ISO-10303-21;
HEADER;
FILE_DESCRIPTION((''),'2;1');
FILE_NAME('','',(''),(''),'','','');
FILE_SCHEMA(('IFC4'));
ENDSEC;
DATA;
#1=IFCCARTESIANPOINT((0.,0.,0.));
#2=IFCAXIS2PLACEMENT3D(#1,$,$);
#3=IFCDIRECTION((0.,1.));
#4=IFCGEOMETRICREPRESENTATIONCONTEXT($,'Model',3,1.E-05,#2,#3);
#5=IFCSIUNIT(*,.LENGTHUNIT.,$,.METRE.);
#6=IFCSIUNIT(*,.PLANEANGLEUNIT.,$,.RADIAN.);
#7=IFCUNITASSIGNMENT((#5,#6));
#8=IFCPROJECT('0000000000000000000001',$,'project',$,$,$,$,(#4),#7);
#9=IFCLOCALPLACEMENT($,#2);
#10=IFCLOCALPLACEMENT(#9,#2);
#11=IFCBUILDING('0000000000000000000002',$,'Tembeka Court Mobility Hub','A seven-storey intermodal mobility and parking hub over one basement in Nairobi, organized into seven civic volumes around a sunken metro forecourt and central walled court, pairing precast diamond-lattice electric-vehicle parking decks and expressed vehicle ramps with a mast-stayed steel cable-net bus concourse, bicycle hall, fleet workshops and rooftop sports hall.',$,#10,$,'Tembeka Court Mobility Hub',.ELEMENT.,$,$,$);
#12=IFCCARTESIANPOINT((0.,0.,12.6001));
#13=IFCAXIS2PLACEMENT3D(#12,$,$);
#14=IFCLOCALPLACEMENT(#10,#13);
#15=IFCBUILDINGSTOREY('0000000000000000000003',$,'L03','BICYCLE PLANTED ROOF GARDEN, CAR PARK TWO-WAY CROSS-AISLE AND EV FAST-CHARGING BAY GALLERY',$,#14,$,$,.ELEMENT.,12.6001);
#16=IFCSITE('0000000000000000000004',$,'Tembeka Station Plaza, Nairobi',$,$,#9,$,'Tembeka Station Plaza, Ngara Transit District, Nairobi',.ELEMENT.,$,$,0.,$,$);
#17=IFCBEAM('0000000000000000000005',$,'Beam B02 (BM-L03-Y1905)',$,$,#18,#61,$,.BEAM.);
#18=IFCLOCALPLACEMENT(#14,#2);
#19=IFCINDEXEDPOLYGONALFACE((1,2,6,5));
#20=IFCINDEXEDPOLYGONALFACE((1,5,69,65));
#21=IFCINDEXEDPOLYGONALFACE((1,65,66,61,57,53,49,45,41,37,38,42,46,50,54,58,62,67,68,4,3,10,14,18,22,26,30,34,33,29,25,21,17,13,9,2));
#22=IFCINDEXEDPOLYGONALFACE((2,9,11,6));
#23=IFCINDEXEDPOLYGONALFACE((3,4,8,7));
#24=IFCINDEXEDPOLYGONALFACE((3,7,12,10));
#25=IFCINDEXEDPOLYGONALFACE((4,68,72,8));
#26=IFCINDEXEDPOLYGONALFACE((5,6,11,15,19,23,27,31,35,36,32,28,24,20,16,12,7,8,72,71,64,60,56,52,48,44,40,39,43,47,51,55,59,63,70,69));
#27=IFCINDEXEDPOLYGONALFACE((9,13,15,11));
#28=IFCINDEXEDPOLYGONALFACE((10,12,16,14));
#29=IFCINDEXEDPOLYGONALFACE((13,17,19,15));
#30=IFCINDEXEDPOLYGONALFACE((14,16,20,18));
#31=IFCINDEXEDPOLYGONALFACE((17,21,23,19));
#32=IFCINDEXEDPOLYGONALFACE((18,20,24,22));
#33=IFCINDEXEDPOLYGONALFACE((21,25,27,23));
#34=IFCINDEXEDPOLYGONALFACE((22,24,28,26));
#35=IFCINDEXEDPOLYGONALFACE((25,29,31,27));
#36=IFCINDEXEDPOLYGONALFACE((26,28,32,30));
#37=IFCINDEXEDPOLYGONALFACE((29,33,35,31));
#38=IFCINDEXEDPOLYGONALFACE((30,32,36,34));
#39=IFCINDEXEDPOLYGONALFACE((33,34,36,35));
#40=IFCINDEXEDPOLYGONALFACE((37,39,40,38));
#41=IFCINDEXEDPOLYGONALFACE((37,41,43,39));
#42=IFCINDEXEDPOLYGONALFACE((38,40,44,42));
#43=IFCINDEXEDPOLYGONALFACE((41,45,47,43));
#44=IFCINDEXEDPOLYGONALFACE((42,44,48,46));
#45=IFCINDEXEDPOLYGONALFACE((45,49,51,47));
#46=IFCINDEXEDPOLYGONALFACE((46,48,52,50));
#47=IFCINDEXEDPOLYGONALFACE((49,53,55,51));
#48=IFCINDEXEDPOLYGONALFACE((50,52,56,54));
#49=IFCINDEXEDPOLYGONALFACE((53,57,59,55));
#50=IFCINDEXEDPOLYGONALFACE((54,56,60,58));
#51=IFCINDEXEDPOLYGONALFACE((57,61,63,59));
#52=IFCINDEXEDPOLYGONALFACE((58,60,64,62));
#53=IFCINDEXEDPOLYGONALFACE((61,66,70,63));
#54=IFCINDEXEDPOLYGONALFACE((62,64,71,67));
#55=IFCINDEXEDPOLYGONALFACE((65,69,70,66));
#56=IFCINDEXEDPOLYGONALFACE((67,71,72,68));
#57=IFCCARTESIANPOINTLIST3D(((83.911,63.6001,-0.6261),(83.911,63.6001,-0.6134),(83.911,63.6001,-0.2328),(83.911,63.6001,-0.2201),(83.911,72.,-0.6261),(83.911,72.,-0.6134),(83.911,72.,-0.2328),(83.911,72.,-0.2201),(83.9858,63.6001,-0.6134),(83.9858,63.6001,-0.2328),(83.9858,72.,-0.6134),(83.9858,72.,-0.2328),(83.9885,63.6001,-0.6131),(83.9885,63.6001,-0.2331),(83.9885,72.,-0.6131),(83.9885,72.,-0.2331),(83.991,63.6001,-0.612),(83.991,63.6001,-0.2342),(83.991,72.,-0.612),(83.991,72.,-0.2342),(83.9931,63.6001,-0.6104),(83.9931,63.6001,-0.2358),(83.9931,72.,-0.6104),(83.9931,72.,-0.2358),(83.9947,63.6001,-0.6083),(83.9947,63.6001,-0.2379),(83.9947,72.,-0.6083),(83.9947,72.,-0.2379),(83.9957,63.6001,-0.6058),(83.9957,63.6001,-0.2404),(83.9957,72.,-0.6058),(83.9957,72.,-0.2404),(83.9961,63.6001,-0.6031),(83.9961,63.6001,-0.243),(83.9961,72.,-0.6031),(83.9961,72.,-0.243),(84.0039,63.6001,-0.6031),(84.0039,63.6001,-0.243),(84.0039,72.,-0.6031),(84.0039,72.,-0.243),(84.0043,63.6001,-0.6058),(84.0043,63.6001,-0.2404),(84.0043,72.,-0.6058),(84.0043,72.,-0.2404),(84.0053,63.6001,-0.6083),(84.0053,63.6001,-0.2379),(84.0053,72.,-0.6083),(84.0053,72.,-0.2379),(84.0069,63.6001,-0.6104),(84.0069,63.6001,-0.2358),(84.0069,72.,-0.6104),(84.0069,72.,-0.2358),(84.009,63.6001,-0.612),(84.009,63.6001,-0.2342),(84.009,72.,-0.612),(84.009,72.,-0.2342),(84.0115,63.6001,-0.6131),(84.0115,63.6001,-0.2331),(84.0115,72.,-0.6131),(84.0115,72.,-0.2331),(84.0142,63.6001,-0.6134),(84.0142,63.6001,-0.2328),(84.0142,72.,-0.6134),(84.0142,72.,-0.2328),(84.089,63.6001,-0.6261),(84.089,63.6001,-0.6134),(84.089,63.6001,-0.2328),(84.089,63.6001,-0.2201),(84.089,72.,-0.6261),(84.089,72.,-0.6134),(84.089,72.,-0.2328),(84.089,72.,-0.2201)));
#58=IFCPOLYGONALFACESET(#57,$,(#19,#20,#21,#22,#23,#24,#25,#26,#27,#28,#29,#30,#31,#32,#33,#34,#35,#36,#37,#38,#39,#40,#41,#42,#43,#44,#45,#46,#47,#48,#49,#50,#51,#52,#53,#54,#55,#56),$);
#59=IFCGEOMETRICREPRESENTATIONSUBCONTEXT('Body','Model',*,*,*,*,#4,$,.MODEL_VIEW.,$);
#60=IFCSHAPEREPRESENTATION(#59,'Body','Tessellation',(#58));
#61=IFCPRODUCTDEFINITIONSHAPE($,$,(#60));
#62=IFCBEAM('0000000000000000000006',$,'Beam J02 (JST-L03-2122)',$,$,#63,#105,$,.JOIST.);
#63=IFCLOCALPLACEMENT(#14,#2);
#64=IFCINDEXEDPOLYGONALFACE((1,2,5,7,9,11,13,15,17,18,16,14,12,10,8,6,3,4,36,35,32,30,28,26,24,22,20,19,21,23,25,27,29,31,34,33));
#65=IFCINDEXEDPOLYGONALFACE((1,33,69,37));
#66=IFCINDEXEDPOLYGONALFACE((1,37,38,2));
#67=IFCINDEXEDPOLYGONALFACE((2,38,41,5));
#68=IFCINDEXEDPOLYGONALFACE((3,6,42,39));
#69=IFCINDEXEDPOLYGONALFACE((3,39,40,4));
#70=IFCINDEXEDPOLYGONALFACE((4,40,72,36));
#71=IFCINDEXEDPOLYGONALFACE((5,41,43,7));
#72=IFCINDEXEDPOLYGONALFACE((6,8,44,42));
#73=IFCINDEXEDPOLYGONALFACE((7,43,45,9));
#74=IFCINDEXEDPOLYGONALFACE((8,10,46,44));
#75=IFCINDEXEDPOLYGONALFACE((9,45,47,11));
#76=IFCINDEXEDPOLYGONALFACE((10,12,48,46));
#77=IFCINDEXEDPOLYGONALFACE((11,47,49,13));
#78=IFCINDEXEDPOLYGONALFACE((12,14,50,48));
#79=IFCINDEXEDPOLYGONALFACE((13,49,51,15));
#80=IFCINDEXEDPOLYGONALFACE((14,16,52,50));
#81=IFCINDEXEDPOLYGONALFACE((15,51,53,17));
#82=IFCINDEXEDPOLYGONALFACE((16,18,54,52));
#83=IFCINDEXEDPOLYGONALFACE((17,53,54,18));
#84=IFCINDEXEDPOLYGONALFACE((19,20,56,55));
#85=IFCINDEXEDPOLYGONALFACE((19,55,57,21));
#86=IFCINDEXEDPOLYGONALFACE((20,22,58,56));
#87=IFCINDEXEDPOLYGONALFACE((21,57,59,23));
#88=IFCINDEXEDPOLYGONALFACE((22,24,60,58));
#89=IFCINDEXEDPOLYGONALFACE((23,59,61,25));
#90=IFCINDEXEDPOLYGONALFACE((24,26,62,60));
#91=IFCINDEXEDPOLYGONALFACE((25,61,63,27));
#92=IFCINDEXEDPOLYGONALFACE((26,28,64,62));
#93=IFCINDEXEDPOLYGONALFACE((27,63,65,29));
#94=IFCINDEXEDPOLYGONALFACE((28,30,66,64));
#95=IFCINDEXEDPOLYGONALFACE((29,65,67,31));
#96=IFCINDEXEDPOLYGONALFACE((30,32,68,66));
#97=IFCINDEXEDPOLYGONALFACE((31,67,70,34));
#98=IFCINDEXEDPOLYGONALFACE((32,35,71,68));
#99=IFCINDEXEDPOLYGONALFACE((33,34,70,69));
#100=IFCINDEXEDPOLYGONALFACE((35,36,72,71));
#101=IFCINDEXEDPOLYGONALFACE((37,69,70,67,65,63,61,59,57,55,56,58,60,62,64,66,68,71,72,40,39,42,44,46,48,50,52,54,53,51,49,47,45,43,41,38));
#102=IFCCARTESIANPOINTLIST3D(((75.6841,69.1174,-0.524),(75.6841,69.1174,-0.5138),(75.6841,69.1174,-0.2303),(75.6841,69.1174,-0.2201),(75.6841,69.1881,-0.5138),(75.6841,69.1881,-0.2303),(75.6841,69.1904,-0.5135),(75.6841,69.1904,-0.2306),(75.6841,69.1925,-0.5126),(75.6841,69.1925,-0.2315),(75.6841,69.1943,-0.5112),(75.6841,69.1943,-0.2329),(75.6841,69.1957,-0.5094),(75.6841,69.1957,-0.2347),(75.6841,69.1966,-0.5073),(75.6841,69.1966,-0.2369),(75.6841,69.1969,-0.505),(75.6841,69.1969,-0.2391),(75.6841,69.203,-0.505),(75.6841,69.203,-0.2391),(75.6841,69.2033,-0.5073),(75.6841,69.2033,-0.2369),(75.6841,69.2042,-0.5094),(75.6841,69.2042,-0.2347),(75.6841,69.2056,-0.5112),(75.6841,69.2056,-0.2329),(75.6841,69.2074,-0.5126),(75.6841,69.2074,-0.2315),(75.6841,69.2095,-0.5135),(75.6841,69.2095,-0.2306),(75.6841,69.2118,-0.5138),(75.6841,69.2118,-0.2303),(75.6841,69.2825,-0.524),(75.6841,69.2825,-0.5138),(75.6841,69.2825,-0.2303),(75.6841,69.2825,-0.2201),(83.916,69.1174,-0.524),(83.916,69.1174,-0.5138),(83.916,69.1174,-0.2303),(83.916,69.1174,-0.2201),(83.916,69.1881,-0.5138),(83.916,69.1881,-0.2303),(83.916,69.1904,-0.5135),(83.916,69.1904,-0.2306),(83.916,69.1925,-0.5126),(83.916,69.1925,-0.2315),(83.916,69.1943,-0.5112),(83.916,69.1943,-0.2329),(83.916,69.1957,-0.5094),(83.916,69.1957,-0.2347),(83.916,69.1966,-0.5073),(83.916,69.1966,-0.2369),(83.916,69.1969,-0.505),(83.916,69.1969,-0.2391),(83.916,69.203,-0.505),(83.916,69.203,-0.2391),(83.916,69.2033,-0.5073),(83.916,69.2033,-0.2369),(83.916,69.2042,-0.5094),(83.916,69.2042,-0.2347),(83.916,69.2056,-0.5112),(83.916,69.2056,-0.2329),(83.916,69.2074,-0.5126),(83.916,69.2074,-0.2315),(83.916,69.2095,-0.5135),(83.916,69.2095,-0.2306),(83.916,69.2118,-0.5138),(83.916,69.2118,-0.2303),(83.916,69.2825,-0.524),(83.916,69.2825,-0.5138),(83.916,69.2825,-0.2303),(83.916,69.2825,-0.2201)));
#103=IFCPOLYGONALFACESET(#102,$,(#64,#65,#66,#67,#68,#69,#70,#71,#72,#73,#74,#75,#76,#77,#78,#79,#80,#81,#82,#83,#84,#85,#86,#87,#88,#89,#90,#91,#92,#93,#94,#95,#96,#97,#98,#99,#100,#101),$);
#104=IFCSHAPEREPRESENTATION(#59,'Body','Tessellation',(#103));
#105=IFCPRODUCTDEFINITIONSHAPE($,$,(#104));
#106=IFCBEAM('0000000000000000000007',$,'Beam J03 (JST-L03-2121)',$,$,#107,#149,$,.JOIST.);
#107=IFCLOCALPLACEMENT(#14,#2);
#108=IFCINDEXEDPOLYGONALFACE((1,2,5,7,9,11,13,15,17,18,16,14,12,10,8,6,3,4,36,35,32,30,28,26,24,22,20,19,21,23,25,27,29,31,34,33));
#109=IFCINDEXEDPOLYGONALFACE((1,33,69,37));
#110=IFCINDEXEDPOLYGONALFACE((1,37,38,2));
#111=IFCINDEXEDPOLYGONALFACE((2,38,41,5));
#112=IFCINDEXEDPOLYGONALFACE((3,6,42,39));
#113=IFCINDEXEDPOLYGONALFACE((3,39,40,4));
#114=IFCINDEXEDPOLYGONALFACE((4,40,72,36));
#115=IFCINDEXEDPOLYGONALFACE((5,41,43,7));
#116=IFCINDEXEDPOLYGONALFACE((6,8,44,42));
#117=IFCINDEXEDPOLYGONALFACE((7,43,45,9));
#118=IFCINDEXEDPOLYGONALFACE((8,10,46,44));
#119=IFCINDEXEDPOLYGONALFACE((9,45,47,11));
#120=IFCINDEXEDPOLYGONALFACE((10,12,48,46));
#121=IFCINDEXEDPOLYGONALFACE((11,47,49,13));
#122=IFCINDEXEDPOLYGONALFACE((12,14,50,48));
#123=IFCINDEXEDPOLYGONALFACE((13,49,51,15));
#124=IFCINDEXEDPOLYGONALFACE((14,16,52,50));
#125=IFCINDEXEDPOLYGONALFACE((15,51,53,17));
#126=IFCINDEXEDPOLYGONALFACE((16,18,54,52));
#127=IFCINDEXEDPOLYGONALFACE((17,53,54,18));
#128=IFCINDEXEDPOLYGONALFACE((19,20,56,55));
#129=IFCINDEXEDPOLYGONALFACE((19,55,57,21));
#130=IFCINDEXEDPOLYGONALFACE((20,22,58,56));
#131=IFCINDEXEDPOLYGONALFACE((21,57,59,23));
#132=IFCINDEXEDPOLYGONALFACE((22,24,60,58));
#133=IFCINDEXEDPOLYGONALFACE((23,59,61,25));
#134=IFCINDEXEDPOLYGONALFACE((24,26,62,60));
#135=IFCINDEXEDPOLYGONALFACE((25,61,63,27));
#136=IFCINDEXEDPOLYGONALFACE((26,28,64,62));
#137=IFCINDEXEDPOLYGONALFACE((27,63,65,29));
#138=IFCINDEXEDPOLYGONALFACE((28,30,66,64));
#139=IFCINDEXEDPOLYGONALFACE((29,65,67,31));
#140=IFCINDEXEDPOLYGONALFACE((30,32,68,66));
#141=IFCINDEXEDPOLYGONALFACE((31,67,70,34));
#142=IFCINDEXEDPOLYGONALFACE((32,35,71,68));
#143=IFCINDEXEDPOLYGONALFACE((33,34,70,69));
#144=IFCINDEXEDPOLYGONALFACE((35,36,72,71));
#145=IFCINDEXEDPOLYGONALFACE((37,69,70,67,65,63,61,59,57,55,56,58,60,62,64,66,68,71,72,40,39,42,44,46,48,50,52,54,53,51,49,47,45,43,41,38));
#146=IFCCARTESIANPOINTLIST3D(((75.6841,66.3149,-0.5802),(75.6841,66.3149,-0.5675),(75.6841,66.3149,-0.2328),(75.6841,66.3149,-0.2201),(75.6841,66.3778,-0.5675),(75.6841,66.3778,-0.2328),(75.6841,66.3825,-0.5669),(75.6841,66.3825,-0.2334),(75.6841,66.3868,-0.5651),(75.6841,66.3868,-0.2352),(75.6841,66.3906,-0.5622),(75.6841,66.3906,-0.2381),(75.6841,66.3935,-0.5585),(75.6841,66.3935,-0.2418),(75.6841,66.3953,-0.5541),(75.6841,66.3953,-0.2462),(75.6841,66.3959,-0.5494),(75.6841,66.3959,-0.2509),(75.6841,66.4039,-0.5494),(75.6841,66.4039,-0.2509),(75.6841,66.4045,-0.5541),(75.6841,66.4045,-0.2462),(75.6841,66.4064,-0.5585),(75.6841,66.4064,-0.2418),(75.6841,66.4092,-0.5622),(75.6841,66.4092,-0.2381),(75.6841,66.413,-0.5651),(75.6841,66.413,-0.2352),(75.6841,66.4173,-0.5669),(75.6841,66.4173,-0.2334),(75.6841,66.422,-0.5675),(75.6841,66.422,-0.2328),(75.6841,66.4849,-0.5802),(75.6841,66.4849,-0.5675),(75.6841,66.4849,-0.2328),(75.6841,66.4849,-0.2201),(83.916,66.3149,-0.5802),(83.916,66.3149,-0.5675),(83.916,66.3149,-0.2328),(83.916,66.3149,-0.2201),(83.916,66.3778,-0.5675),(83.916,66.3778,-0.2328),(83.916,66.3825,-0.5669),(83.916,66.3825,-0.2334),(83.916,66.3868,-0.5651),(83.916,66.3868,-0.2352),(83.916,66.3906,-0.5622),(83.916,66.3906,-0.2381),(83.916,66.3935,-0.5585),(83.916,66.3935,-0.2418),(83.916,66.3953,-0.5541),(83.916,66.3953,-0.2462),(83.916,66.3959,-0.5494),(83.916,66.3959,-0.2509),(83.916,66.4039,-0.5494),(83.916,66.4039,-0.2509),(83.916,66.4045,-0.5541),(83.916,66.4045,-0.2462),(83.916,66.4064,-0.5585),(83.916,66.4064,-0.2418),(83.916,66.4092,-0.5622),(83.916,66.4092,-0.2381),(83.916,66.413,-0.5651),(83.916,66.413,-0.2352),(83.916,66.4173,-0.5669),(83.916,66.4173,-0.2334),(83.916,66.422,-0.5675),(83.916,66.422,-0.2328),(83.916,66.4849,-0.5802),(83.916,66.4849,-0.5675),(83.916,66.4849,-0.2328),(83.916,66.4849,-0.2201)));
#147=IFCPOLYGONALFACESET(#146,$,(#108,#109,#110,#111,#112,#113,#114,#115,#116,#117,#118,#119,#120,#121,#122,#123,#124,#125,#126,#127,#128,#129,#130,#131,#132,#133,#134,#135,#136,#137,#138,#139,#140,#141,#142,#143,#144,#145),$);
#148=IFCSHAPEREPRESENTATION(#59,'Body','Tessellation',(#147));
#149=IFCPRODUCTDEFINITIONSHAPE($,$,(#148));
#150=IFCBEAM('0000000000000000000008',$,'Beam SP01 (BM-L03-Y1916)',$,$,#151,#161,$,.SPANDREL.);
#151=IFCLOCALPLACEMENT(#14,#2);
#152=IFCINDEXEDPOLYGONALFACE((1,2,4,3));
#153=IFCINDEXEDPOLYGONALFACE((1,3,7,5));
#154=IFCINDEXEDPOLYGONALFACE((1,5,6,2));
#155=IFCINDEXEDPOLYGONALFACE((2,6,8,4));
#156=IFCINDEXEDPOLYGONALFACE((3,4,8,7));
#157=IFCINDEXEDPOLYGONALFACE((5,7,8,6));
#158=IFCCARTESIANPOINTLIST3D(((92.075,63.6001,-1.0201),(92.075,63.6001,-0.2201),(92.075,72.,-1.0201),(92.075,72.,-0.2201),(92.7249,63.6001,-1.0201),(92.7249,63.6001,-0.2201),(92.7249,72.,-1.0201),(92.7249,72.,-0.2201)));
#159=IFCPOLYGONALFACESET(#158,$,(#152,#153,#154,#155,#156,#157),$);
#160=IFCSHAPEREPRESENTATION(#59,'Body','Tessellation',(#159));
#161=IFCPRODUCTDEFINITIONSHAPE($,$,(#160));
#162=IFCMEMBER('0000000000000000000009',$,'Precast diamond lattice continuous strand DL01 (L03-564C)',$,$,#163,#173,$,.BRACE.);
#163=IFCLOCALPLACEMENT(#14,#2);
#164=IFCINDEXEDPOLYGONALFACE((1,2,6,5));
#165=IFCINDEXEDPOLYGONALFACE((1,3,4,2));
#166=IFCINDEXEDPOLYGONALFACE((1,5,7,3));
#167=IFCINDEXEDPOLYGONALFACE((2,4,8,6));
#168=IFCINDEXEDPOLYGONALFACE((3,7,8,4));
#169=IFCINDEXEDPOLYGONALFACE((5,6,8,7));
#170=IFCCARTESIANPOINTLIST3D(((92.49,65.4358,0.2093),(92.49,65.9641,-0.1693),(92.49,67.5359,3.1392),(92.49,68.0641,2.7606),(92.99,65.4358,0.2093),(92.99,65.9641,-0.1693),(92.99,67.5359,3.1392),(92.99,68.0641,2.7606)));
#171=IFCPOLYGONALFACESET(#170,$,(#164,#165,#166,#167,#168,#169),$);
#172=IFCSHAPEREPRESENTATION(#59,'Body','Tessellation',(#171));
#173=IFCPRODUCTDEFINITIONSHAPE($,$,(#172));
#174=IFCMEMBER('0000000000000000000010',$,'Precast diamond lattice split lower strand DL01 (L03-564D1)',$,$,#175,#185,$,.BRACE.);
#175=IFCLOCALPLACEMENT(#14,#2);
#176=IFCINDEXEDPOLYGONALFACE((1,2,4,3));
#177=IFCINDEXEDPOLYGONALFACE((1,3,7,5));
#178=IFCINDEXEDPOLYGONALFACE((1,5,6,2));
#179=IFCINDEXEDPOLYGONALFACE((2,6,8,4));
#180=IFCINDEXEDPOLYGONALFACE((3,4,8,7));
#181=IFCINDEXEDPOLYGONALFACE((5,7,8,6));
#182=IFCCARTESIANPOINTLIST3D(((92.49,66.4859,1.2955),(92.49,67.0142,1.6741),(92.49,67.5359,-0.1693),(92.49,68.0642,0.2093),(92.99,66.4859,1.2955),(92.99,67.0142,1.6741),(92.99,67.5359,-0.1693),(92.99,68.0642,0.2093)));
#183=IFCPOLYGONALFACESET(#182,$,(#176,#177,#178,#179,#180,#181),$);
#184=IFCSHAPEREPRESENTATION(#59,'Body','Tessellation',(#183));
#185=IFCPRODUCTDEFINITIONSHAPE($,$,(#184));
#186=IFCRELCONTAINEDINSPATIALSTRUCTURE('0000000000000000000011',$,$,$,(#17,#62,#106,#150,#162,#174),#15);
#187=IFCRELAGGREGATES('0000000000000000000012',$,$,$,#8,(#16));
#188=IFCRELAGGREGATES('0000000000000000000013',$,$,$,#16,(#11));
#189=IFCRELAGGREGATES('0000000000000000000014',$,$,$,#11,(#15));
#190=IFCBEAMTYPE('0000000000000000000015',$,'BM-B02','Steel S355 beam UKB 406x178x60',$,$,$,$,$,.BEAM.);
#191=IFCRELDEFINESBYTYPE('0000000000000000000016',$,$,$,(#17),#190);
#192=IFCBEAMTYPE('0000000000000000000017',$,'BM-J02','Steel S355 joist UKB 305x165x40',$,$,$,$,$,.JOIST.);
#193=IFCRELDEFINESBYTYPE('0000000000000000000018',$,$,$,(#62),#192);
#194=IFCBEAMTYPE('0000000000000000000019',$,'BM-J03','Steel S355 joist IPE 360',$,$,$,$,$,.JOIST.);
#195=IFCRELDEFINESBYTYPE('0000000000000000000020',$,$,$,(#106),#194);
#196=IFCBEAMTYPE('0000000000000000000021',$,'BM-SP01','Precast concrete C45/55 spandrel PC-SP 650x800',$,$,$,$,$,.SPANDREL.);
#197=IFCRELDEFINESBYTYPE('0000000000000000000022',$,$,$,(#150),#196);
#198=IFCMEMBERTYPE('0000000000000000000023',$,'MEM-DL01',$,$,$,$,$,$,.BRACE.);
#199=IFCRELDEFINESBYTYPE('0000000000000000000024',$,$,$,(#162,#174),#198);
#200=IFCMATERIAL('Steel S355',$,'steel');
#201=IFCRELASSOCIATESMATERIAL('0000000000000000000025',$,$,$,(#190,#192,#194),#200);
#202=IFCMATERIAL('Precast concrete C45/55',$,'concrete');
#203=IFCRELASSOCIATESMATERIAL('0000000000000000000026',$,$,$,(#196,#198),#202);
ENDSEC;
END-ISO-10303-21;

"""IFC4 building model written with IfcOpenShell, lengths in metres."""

from ifc_helpers import new_model, si_unit, direction, frame, origin, origin_2d, place, context, subcontext, project, spatial, rectangle, i_section, extrude, material, material_profile, profile_set, type_object, element, save


model = new_model("IFC4")

# Units and contexts
model_context = context("Model", 3, precision=1e-05, world=origin(), true_north=direction((0.0, 1.0)))
body_context = subcontext(model_context, "Body", "Model", "MODEL_VIEW")
ifc_project = project(units=[si_unit("LENGTHUNIT", "METRE"), si_unit("PLANEANGLEUNIT", "RADIAN")], contexts=[model_context])

# Site, building, storey
site_placement = place(None, origin())
site = spatial("IfcSite", under=ifc_project, at=site_placement, Name="Tembeka Station Plaza, Nairobi", LongName="Tembeka Station Plaza, Ngara Transit District, Nairobi", CompositionType="ELEMENT", RefElevation=0.0)
building_placement = place(site_placement, origin())
building = spatial("IfcBuilding", under=site, at=building_placement, Name="Tembeka Court Mobility Hub", Description="A seven-storey intermodal mobility and parking hub over one basement in Nairobi, organized into seven civic volumes around a sunken metro forecourt and central walled court, pairing precast diamond-lattice electric-vehicle parking decks and expressed vehicle ramps with a mast-stayed steel cable-net bus concourse, bicycle hall, fleet workshops and rooftop sports hall.", LongName="Tembeka Court Mobility Hub", CompositionType="ELEMENT")
storey_placement = place(building_placement, frame((0.0, 0.0, 12.6001)))
storey = spatial("IfcBuildingStorey", under=building, at=storey_placement, Name="L03", Description="BICYCLE PLANTED ROOF GARDEN, CAR PARK TWO-WAY CROSS-AISLE AND EV FAST-CHARGING BAY GALLERY", CompositionType="ELEMENT", Elevation=12.6001)

# Shared definitions
ifc_material_1 = material(Name="Steel S355", Category="steel")

# Beams
ifc_material_profile_1 = material_profile(ifc_material_1, i_section(OverallWidth=0.178, OverallDepth=0.406, WebThickness=0.0078, FlangeThickness=0.0127, FilletRadius=0.0103, at=origin_2d()), Name="UKB 406x178x60")
ifc_profile_set_1 = profile_set([ifc_material_profile_1], Name="Steel S355")
beam_type_1 = type_object("IfcBeamType", Name="BM-B02", Description="Steel S355 beam UKB 406x178x60", PredefinedType="BEAM", material=ifc_profile_set_1)
for number, where, z_axis, x_axis, name in (
    (1, (84.0, 63.6001, -0.4231), (0.0, 1.0, 0.0), (-1.0, 0.0, 0.0), "Beam B02 (BM-L03-Y1905)"),
):
    element("IfcBeam", number, at=place(storey_placement, frame(where, z_axis=z_axis, x_axis=x_axis)), inside=storey, type_object=beam_type_1, Name=name, PredefinedType="BEAM", context=body_context, shape_type="SweptSolid", body=[
        extrude(i_section(OverallWidth=0.178, OverallDepth=0.406, WebThickness=0.0078, FlangeThickness=0.0127, FilletRadius=0.0103, at=origin_2d()), origin(), (0.0, 0.0, 1.0), 8.3999),
    ])
ifc_material_profile_2 = material_profile(ifc_material_1, i_section(OverallWidth=0.165, OverallDepth=0.304, WebThickness=0.0061, FlangeThickness=0.0103, FilletRadius=0.0088, at=origin_2d()), Name="UKB 305x165x40")
ifc_profile_set_2 = profile_set([ifc_material_profile_2], Name="Steel S355")
beam_type_2 = type_object("IfcBeamType", Name="BM-J02", Description="Steel S355 joist UKB 305x165x40", PredefinedType="JOIST", material=ifc_profile_set_2)
beam_1_placement = place(storey_placement, frame((75.6841, 69.2, -0.3721), z_axis=(1.0, 0.0, 0.0), x_axis=(0.0, 1.0, 0.0)))
element("IfcBeam", 2, at=beam_1_placement, inside=storey, type_object=beam_type_2, Name="Beam J02 (JST-L03-2122)", PredefinedType="JOIST", context=body_context, shape_type="SweptSolid", body=[
    extrude(i_section(OverallWidth=0.165, OverallDepth=0.304, WebThickness=0.0061, FlangeThickness=0.0103, FilletRadius=0.0088, at=origin_2d()), origin(), (0.0, 0.0, 1.0), 8.2319),
])
ifc_material_profile_3 = material_profile(ifc_material_1, i_section(OverallWidth=0.1699, OverallDepth=0.3601, WebThickness=0.0081, FlangeThickness=0.0127, FilletRadius=0.0181, at=origin_2d()), Name="IPE 360")
ifc_profile_set_3 = profile_set([ifc_material_profile_3], Name="Steel S355")
beam_type_3 = type_object("IfcBeamType", Name="BM-J03", Description="Steel S355 joist IPE 360", PredefinedType="JOIST", material=ifc_profile_set_3)
beam_2_placement = place(storey_placement, frame((75.6841, 66.3999, -0.4001), z_axis=(1.0, 0.0, 0.0), x_axis=(0.0, 1.0, 0.0)))
element("IfcBeam", 3, at=beam_2_placement, inside=storey, type_object=beam_type_3, Name="Beam J03 (JST-L03-2121)", PredefinedType="JOIST", context=body_context, shape_type="SweptSolid", body=[
    extrude(i_section(OverallWidth=0.1699, OverallDepth=0.3601, WebThickness=0.0081, FlangeThickness=0.0127, FilletRadius=0.0181, at=origin_2d()), origin(), (0.0, 0.0, 1.0), 8.2319),
])
ifc_material_2 = material(Name="Precast concrete C45/55", Category="concrete")
ifc_material_profile_4 = material_profile(ifc_material_2, rectangle(XDim=0.6499, YDim=0.8, at=origin_2d()), Name="PC-SP 650x800")
ifc_profile_set_4 = profile_set([ifc_material_profile_4], Name="Precast concrete C45/55")
beam_type_4 = type_object("IfcBeamType", Name="BM-SP01", Description="Precast concrete C45/55 spandrel PC-SP 650x800", PredefinedType="SPANDREL", material=ifc_profile_set_4)
beam_3_placement = place(storey_placement, frame((92.3999, 63.6001, -0.6201), z_axis=(0.0, 1.0, 0.0), x_axis=(-1.0, 0.0, 0.0)))
element("IfcBeam", 4, at=beam_3_placement, inside=storey, type_object=beam_type_4, Name="Beam SP01 (BM-L03-Y1916)", PredefinedType="SPANDREL", context=body_context, shape_type="SweptSolid", body=[
    extrude(rectangle(XDim=0.6499, YDim=0.8, at=origin_2d()), origin(), (0.0, 0.0, 1.0), 8.3999),
])

# Members
ifc_material_profile_5 = material_profile(ifc_material_2, rectangle(XDim=0.5, YDim=0.6499, at=origin_2d()), Name="PC-DIAG 500x650")
ifc_profile_set_5 = profile_set([ifc_material_profile_5], Name="Precast concrete C45/55")
member_type_1 = type_object("IfcMemberType", Name="MEM-DL01", PredefinedType="BRACE", material=ifc_profile_set_5)
member_1_placement = place(storey_placement, frame((92.74, 65.7, 0.02), z_axis=(0.0, 0.582576, 0.812776), x_axis=(-1.0, 0.0, 0.0)))
element("IfcMember", 5, at=member_1_placement, inside=storey, type_object=member_type_1, Name="Precast diamond lattice continuous strand DL01 (L03-564C)", PredefinedType="BRACE", context=body_context, shape_type="SweptSolid", body=[
    extrude(rectangle(XDim=0.5, YDim=0.6499, at=origin_2d()), origin(), (0.0, 0.0, 1.0), 3.6047),
])
member_2_placement = place(storey_placement, frame((92.74, 67.8, 0.02), z_axis=(0.0, -0.582608, 0.812753), x_axis=(1.0, 0.0, 0.0)))
element("IfcMember", 6, at=member_2_placement, inside=storey, type_object=member_type_1, Name="Precast diamond lattice split lower strand DL01 (L03-564D1)", PredefinedType="BRACE", context=body_context, shape_type="SweptSolid", body=[
    extrude(rectangle(XDim=0.5, YDim=0.6499, at=origin_2d()), origin(), (0.0, 0.0, 1.0), 1.8022),
])

save(model, "model.ifc")
